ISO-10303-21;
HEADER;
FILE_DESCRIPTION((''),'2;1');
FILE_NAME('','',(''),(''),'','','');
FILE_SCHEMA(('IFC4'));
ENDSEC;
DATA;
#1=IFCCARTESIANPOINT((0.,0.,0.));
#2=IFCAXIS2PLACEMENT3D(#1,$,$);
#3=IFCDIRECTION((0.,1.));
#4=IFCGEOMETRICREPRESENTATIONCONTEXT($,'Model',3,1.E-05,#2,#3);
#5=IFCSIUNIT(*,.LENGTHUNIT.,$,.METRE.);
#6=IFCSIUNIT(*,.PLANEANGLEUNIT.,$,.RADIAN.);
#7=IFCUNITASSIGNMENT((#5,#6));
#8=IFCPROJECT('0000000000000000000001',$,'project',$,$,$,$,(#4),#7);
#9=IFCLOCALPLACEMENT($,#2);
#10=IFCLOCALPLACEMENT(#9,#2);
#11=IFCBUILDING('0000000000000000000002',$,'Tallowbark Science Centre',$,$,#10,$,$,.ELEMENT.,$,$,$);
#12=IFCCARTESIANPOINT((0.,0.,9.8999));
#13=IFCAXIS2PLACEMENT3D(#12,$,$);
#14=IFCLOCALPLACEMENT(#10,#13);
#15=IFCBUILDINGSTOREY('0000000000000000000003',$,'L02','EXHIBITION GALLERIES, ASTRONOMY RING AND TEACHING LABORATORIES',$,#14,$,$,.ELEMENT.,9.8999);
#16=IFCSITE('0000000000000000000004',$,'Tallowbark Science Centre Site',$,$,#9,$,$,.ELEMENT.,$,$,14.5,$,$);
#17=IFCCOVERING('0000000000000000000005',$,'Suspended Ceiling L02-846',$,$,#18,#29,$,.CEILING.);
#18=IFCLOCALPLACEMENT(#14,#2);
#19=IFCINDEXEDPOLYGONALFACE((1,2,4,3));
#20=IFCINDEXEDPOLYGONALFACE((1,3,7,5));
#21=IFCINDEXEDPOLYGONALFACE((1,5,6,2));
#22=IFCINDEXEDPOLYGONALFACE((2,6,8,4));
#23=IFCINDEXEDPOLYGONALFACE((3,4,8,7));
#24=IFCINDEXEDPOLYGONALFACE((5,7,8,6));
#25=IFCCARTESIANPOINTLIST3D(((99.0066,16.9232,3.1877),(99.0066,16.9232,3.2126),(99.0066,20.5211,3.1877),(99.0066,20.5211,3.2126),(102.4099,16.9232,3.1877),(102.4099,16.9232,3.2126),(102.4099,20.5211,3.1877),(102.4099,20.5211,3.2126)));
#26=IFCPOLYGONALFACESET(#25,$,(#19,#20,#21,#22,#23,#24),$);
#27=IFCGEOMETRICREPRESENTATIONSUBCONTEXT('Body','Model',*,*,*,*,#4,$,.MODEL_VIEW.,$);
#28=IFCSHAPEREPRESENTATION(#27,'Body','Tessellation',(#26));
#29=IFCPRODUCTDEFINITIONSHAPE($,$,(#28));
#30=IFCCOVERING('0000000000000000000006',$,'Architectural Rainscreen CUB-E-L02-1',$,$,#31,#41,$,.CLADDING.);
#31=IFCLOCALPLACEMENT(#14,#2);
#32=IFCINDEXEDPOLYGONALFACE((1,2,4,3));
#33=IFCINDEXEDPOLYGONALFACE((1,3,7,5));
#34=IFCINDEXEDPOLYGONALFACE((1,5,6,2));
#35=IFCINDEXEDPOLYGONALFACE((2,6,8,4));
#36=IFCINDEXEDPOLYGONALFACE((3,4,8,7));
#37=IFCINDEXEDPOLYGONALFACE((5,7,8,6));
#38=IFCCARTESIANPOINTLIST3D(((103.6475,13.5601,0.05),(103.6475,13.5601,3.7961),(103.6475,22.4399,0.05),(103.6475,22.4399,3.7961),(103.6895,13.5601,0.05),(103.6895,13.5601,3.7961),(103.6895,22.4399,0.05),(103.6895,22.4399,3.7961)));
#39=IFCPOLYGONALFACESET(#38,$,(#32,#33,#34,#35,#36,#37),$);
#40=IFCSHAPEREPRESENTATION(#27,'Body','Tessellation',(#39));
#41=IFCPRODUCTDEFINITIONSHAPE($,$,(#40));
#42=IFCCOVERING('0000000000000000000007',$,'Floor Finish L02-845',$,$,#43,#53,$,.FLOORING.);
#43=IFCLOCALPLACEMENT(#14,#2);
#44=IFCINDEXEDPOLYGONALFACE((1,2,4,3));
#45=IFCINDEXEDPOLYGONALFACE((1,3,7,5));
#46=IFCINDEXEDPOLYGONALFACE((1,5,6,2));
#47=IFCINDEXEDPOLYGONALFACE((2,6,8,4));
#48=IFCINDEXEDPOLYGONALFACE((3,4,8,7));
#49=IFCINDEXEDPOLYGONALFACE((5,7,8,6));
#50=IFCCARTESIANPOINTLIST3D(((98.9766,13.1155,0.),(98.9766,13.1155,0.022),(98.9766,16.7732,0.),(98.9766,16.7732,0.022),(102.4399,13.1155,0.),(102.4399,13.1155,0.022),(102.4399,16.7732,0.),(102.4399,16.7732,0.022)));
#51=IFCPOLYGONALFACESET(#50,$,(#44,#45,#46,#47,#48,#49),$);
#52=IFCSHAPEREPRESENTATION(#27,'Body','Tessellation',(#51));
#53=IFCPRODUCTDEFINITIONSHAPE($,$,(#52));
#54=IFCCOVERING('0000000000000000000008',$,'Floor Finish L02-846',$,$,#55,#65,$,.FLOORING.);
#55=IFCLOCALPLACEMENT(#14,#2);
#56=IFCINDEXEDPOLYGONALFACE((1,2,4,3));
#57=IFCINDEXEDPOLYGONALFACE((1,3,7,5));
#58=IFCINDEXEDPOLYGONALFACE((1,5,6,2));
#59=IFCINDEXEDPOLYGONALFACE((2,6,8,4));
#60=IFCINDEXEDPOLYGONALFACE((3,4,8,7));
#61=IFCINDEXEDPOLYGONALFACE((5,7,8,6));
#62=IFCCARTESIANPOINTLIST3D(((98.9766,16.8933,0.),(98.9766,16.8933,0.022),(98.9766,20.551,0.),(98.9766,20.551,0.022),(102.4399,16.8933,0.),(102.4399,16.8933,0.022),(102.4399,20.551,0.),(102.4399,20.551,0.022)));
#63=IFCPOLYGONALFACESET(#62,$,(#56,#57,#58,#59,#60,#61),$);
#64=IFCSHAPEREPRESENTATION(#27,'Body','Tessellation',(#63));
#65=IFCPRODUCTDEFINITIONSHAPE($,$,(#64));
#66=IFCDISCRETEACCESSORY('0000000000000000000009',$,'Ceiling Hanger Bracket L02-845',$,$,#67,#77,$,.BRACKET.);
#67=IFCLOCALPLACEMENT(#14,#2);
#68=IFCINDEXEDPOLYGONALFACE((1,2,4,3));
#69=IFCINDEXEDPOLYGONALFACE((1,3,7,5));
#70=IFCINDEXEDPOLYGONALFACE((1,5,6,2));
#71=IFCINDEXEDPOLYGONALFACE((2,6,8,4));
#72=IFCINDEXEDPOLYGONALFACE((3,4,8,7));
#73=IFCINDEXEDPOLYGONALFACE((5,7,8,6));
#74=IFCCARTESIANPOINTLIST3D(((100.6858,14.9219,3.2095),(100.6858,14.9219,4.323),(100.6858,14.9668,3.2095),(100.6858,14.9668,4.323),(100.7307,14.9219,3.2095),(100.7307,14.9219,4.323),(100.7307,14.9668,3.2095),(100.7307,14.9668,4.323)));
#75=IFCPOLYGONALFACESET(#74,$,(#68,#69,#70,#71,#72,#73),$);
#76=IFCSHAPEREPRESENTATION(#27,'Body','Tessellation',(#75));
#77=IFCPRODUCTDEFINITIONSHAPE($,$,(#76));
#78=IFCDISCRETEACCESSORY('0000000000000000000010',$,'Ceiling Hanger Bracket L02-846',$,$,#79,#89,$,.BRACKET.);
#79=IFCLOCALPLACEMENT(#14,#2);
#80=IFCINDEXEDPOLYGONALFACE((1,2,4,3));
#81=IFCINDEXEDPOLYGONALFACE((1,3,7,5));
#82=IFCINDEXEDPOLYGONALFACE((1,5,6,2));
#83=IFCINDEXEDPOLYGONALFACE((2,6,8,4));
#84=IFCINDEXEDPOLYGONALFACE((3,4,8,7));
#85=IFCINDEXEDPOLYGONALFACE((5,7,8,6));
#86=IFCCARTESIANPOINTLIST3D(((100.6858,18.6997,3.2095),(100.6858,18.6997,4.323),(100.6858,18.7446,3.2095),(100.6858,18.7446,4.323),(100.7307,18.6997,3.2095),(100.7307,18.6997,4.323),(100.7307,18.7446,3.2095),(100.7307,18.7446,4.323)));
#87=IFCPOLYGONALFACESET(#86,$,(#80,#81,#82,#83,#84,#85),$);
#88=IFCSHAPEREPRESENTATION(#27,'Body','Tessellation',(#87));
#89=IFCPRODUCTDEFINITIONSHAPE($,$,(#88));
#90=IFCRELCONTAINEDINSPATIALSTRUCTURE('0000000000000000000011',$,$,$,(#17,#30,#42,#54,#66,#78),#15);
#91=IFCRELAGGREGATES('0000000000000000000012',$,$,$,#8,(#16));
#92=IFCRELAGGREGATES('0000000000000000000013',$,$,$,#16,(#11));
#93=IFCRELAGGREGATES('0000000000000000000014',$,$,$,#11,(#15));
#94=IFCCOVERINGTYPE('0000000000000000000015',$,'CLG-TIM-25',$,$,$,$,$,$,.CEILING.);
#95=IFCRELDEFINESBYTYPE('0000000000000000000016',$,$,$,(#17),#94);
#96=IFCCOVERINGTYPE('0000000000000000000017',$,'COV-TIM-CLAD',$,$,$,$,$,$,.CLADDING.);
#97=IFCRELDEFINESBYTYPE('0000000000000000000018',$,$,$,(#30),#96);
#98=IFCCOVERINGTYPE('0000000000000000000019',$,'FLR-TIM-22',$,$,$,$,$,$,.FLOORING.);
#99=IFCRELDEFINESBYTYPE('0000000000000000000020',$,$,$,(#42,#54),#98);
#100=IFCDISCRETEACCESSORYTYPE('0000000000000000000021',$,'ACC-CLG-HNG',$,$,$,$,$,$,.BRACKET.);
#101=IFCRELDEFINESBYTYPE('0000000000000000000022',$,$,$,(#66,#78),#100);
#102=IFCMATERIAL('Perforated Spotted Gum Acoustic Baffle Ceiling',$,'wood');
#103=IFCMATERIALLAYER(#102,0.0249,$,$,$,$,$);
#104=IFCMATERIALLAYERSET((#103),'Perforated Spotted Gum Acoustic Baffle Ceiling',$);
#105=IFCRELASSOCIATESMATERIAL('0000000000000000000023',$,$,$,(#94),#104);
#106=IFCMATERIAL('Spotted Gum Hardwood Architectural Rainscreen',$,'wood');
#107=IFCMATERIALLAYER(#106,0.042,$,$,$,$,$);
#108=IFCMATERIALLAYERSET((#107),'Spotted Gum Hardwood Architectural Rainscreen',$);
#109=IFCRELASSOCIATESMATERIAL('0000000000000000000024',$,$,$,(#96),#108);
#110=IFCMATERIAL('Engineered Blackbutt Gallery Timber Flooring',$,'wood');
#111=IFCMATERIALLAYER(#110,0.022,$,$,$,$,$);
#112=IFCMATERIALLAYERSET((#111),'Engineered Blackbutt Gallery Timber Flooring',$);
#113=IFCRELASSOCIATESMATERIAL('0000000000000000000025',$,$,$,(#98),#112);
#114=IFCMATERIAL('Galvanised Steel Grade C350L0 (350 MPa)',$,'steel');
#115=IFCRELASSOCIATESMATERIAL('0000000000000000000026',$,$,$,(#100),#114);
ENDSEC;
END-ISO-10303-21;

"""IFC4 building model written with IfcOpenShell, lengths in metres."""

from ifc_helpers import new_model, si_unit, direction, frame, origin, origin_2d, place, context, subcontext, project, spatial, rectangle, extrude, material, layer, layer_set, type_object, element, save


model = new_model("IFC4")

# Units and contexts
model_context = context("Model", 3, precision=1e-05, world=origin(), true_north=direction((0.0, 1.0)))
body_context = subcontext(model_context, "Body", "Model", "MODEL_VIEW")
ifc_project = project(units=[si_unit("LENGTHUNIT", "METRE"), si_unit("PLANEANGLEUNIT", "RADIAN")], contexts=[model_context])

# Site, building, storey
site_placement = place(None, origin())
site = spatial("IfcSite", under=ifc_project, at=site_placement, Name="Tallowbark Science Centre Site", CompositionType="ELEMENT", RefElevation=14.5)
building_placement = place(site_placement, origin())
building = spatial("IfcBuilding", under=site, at=building_placement, Name="Tallowbark Science Centre", CompositionType="ELEMENT")
storey_placement = place(building_placement, frame((0.0, 0.0, 9.8999)))
storey = spatial("IfcBuildingStorey", under=building, at=storey_placement, Name="L02", Description="EXHIBITION GALLERIES, ASTRONOMY RING AND TEACHING LABORATORIES", CompositionType="ELEMENT", Elevation=9.8999)

# Coverings
ifc_material_1 = material(Name="Perforated Spotted Gum Acoustic Baffle Ceiling", Category="wood")
ifc_layer_1 = layer(ifc_material_1, 0.0249)
ifc_layer_set_1 = layer_set([ifc_layer_1], Name="Perforated Spotted Gum Acoustic Baffle Ceiling")
covering_type_1 = type_object("IfcCoveringType", Name="CLG-TIM-25", PredefinedType="CEILING", material=ifc_layer_set_1)
for number, where, z_axis, x_axis, name in (
    (1, (100.7083, 18.7222, 3.1877), (0.0, 0.0, 1.0), (1.0, 0.0, 0.0), "Suspended Ceiling L02-846"),
):
    element("IfcCovering", number, at=place(storey_placement, frame(where, z_axis=z_axis, x_axis=x_axis)), inside=storey, type_object=covering_type_1, Name=name, PredefinedType="CEILING", context=body_context, shape_type="SweptSolid", body=[
        extrude(rectangle(XDim=3.4033, YDim=3.5979, at=origin_2d()), origin(), (0.0, 0.0, 1.0), 0.0249),
    ])
ifc_material_2 = material(Name="Spotted Gum Hardwood Architectural Rainscreen", Category="wood")
ifc_layer_2 = layer(ifc_material_2, 0.042)
ifc_layer_set_2 = layer_set([ifc_layer_2], Name="Spotted Gum Hardwood Architectural Rainscreen")
covering_type_2 = type_object("IfcCoveringType", Name="COV-TIM-CLAD", PredefinedType="CLADDING", material=ifc_layer_set_2)
covering_placement = place(storey_placement, frame((103.6685, 18.0, 0.05), z_axis=(0.0, 0.0, 1.0), x_axis=(0.0, 1.0, 0.0)))
element("IfcCovering", 2, at=covering_placement, inside=storey, type_object=covering_type_2, Name="Architectural Rainscreen CUB-E-L02-1", PredefinedType="CLADDING", context=body_context, shape_type="SweptSolid", body=[
    extrude(rectangle(XDim=8.8799, YDim=0.042, at=origin_2d()), origin(), (0.0, 0.0, 1.0), 3.7461),
])
ifc_material_3 = material(Name="Engineered Blackbutt Gallery Timber Flooring", Category="wood")
ifc_layer_3 = layer(ifc_material_3, 0.022)
ifc_layer_set_3 = layer_set([ifc_layer_3], Name="Engineered Blackbutt Gallery Timber Flooring")
covering_type_3 = type_object("IfcCoveringType", Name="FLR-TIM-22", PredefinedType="FLOORING", material=ifc_layer_set_3)
for number, where, z_axis, x_axis, name in (
    (3, (100.7083, 14.9443, 0.0), (0.0, 0.0, 1.0), (1.0, 0.0, 0.0), "Floor Finish L02-845"),
    (4, (100.7083, 18.7222, 0.0), (0.0, 0.0, 1.0), (1.0, 0.0, 0.0), "Floor Finish L02-846"),
):
    element("IfcCovering", number, at=place(storey_placement, frame(where, z_axis=z_axis, x_axis=x_axis)), inside=storey, type_object=covering_type_3, Name=name, PredefinedType="FLOORING", context=body_context, shape_type="SweptSolid", body=[
        extrude(rectangle(XDim=3.4634, YDim=3.6577, at=origin_2d()), origin(), (0.0, 0.0, 1.0), 0.022),
    ])

# Discrete accessories
ifc_material_4 = material(Name="Galvanised Steel Grade C350L0 (350 MPa)", Category="steel")
discrete_accessory_type = type_object("IfcDiscreteAccessoryType", Name="ACC-CLG-HNG", PredefinedType="BRACKET", material=ifc_material_4)
for number, where, z_axis, x_axis, name in (
    (5, (100.7083, 14.9443, 3.2095), (0.0, 0.0, 1.0), (1.0, 0.0, 0.0), "Ceiling Hanger Bracket L02-845"),
    (6, (100.7083, 18.7222, 3.2095), (0.0, 0.0, 1.0), (1.0, 0.0, 0.0), "Ceiling Hanger Bracket L02-846"),
):
    element("IfcDiscreteAccessory", number, at=place(storey_placement, frame(where, z_axis=z_axis, x_axis=x_axis)), inside=storey, type_object=discrete_accessory_type, Name=name, PredefinedType="BRACKET", context=body_context, shape_type="SweptSolid", body=[
        extrude(rectangle(XDim=0.0449, YDim=0.0449, at=origin_2d()), origin(), (0.0, 0.0, 1.0), 1.1135),
    ])

save(model, "model.ifc")
